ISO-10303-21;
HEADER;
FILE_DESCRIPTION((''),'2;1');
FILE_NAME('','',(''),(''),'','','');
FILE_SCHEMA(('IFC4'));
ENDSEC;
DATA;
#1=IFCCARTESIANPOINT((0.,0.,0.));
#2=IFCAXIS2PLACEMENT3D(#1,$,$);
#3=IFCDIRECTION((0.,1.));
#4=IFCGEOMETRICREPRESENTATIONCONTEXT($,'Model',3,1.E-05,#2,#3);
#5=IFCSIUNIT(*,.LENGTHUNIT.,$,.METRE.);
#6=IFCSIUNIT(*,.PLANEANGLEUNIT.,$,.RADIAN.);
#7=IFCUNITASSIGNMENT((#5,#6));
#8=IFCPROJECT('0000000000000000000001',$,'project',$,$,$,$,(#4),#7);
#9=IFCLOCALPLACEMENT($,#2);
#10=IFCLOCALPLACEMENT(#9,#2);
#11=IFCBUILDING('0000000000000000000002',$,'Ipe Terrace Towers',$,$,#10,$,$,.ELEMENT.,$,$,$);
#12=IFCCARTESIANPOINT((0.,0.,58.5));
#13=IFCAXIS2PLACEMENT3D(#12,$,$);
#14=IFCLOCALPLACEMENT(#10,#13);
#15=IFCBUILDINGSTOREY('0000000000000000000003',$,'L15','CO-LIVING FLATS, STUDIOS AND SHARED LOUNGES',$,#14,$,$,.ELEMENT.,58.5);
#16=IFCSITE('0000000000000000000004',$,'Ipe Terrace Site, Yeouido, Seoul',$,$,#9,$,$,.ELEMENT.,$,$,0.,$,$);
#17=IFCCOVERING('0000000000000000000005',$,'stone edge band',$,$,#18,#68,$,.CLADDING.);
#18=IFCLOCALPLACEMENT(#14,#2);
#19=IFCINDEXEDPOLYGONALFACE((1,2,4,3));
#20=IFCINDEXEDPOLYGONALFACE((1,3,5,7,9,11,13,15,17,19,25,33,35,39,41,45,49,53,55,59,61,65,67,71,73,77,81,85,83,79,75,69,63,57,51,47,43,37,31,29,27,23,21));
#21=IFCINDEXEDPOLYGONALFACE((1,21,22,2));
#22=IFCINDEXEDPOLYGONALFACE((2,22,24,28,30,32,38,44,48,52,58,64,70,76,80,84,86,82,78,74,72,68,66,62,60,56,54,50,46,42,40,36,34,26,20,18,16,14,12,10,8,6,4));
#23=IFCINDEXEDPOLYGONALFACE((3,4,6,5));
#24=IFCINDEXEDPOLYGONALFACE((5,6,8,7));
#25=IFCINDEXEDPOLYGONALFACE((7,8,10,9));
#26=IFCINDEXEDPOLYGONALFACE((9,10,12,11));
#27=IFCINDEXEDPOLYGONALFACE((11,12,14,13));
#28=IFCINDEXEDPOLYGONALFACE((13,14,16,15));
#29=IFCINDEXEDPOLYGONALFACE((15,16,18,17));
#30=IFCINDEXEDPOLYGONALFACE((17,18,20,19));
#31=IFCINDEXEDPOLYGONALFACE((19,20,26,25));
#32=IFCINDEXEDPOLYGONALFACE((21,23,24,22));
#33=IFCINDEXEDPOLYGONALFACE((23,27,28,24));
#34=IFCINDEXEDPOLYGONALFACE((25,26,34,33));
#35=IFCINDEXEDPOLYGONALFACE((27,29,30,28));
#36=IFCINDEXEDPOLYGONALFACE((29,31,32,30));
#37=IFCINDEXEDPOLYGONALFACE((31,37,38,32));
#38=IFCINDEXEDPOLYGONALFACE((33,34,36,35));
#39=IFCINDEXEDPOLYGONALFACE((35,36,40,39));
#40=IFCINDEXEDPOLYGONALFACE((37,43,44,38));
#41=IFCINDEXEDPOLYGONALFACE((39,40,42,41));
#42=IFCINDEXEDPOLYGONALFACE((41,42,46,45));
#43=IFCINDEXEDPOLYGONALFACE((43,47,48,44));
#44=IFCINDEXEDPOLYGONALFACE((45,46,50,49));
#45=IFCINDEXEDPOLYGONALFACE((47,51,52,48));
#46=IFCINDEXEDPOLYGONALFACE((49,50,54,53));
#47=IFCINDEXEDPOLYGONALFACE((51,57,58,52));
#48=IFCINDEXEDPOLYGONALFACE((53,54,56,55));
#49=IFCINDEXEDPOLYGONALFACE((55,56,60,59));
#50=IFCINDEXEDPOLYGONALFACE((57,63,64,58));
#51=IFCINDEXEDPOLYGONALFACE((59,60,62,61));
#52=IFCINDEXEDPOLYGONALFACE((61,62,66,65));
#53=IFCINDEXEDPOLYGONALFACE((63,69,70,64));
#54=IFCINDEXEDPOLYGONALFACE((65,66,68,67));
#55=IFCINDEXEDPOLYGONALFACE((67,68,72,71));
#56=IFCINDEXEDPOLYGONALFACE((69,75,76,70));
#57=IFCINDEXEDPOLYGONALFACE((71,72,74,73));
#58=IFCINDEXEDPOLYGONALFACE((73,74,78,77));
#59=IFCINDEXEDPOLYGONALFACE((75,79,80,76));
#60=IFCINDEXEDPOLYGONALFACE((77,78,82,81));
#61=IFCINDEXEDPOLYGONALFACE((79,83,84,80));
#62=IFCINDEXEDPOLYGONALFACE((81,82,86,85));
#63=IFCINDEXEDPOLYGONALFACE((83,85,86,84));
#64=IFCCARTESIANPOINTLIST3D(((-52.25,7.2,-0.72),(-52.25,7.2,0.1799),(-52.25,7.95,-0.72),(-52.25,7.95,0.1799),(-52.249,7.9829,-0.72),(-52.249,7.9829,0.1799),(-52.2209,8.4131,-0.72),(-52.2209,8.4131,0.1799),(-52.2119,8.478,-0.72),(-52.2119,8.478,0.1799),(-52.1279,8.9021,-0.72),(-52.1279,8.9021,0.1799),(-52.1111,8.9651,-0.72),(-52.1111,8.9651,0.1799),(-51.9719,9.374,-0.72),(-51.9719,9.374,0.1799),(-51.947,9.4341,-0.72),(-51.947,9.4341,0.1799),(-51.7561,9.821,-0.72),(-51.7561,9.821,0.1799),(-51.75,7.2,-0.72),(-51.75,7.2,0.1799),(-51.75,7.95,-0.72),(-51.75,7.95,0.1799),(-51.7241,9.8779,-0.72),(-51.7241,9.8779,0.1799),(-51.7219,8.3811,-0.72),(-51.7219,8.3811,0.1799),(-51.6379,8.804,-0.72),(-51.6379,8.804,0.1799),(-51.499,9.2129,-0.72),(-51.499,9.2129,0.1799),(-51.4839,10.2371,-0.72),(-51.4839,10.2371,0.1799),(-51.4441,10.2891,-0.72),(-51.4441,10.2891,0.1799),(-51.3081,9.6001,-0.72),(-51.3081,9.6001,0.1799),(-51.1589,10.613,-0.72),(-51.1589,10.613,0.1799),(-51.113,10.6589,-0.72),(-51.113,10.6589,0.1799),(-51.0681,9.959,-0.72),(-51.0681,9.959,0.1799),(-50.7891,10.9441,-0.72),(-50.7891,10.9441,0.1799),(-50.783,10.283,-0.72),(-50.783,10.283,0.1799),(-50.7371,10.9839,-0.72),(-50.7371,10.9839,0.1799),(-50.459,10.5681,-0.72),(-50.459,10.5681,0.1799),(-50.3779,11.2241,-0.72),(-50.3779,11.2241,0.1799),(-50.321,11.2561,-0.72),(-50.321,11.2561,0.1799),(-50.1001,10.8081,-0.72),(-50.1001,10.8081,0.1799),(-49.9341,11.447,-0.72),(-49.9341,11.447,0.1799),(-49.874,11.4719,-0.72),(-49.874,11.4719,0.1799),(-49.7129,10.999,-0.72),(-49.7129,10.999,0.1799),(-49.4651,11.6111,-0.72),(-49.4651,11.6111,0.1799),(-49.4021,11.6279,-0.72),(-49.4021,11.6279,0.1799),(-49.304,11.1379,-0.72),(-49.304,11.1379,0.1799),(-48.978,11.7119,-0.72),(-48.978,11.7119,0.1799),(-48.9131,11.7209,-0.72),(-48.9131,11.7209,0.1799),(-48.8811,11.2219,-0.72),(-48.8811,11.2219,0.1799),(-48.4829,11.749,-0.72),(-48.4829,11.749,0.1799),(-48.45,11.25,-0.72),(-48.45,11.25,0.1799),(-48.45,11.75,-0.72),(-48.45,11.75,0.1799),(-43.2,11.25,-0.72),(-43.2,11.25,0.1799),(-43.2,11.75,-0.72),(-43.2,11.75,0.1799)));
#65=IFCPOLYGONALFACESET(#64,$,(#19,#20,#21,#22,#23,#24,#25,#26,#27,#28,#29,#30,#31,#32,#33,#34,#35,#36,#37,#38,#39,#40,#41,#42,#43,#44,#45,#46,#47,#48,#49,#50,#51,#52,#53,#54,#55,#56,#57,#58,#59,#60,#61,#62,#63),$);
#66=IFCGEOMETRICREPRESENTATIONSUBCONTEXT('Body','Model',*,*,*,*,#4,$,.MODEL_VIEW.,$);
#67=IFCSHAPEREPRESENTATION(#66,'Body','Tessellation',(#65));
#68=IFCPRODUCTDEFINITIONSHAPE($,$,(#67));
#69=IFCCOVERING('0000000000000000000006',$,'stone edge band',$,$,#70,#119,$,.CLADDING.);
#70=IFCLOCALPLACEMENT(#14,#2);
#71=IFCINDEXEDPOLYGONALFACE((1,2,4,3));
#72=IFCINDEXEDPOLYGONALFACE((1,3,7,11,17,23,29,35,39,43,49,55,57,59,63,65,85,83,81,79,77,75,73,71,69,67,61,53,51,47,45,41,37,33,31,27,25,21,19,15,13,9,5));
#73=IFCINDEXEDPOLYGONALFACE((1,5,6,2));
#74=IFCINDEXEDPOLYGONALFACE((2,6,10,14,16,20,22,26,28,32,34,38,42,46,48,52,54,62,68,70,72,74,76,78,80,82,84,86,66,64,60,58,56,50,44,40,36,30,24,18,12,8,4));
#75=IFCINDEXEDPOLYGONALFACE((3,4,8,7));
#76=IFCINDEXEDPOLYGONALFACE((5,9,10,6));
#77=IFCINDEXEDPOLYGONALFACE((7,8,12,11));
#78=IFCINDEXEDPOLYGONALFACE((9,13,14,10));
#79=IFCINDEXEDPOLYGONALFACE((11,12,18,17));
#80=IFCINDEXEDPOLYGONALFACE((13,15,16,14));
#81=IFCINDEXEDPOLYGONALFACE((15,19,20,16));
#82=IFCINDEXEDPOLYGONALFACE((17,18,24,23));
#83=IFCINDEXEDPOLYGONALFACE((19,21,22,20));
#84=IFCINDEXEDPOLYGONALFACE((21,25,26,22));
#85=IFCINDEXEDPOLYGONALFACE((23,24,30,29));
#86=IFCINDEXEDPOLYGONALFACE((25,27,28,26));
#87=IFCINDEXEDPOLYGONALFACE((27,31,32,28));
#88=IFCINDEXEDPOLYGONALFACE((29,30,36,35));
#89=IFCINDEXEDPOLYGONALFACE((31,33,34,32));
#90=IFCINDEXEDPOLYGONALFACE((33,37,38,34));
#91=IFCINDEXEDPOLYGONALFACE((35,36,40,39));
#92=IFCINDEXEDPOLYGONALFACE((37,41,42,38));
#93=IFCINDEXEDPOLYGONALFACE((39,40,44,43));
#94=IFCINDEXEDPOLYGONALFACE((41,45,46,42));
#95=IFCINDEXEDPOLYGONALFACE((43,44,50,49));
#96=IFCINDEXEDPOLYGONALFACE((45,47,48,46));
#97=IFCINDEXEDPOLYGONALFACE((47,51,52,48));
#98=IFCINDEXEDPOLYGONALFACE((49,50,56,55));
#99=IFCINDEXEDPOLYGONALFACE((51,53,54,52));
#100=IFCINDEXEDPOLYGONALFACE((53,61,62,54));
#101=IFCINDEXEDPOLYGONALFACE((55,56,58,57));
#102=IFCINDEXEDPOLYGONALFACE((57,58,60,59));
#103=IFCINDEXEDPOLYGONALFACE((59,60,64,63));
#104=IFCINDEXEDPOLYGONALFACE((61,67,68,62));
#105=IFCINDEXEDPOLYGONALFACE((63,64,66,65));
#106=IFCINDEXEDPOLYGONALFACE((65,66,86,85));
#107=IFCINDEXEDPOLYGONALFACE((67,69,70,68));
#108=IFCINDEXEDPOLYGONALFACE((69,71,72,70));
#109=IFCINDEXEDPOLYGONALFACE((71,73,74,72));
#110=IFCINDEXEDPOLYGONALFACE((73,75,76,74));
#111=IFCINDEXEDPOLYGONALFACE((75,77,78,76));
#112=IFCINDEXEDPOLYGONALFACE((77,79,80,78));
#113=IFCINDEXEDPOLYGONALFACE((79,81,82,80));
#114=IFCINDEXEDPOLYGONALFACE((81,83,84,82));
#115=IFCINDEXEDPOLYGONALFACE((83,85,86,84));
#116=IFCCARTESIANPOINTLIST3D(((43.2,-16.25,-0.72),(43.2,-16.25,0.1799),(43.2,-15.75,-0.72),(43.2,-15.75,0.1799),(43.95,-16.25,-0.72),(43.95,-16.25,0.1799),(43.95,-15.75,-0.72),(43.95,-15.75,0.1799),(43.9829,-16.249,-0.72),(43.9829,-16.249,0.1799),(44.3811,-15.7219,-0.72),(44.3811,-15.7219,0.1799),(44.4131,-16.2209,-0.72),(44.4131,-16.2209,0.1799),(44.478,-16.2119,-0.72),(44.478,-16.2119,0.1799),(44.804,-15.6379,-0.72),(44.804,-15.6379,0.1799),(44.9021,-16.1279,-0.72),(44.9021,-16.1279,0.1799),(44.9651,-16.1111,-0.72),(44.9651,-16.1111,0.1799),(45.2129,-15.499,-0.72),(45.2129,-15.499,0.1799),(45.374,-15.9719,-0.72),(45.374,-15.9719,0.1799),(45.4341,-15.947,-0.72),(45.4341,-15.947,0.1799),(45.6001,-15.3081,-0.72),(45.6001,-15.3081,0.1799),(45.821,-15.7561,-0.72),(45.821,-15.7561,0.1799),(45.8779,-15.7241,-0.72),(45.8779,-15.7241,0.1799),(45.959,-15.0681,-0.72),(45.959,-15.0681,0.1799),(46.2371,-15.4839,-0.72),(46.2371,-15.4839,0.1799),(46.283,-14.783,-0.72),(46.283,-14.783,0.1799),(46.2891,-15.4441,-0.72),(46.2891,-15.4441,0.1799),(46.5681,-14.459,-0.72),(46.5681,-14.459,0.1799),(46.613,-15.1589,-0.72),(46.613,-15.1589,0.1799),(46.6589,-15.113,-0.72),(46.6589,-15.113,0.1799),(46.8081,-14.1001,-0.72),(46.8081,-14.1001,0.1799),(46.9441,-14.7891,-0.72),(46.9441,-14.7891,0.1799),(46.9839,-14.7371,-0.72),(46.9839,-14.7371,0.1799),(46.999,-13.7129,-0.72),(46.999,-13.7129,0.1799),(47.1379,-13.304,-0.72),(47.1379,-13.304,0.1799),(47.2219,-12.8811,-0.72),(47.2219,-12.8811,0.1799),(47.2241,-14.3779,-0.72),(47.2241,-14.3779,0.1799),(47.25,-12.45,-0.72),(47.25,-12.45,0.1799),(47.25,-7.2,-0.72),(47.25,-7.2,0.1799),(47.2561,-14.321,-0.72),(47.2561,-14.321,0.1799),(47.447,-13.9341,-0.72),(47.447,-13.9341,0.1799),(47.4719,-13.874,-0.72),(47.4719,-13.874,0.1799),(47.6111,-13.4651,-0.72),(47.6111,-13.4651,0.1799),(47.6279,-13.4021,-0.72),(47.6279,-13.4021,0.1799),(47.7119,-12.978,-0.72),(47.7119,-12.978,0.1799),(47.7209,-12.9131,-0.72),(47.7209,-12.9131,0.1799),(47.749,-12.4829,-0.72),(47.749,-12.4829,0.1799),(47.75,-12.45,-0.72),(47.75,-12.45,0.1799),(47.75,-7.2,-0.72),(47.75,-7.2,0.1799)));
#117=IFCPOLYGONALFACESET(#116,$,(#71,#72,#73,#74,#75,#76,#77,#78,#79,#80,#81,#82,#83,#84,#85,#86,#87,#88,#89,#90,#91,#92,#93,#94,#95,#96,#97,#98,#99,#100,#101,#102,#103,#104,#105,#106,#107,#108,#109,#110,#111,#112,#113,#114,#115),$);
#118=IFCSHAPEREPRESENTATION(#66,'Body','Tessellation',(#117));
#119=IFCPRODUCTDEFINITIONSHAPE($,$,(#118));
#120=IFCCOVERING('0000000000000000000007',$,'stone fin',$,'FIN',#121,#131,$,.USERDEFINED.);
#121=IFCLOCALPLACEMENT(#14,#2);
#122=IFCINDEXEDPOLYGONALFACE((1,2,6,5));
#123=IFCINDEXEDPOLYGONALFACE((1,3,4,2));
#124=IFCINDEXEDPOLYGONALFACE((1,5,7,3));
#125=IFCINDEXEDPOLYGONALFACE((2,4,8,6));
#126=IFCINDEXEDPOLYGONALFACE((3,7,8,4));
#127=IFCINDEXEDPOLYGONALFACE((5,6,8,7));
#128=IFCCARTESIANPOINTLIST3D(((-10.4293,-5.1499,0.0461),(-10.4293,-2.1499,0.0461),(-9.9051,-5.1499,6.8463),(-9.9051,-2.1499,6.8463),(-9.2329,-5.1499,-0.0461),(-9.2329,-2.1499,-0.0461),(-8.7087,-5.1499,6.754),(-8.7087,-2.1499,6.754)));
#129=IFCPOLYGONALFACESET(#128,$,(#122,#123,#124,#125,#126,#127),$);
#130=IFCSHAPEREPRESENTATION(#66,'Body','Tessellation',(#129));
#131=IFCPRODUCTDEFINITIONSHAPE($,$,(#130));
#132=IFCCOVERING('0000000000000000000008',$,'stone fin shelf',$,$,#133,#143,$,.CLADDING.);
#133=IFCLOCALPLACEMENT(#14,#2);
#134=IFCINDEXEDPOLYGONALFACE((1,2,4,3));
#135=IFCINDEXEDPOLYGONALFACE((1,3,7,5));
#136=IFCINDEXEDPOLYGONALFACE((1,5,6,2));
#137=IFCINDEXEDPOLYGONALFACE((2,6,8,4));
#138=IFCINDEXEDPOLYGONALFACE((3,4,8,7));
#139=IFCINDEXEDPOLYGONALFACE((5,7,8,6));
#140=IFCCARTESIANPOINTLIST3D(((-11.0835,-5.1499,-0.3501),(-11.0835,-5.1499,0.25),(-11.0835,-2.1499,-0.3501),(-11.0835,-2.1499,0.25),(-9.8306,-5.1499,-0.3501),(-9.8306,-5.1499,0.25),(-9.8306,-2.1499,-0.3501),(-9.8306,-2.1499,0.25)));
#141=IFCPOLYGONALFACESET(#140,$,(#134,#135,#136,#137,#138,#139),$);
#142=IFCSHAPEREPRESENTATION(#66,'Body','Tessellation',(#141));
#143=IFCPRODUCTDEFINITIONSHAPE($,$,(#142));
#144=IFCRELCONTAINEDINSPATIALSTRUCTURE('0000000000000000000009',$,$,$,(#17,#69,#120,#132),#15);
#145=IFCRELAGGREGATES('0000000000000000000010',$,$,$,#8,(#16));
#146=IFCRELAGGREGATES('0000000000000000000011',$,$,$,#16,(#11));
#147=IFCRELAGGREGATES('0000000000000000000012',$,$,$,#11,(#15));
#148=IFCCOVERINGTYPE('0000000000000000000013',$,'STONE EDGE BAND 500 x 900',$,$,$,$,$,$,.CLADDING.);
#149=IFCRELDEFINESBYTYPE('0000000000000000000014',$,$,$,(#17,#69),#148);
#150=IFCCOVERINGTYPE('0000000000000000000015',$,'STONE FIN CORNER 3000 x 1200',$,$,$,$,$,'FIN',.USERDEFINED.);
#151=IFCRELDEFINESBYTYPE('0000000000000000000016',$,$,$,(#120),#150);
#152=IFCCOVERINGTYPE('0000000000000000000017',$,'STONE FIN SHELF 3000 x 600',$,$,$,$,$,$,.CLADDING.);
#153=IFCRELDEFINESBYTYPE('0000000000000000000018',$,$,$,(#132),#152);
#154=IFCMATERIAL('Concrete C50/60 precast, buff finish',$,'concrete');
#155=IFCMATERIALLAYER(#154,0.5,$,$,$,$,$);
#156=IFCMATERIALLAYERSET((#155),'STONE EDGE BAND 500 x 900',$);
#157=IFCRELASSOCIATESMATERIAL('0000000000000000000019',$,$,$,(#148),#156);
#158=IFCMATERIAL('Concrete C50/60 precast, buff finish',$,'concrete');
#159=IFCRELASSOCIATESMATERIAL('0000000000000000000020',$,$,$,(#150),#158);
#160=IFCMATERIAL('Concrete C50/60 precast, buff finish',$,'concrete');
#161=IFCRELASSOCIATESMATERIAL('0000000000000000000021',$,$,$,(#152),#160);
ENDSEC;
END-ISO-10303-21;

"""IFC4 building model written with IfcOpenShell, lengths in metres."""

from ifc_helpers import new_model, si_unit, direction, frame, origin, origin_2d, place, context, subcontext, project, spatial, polyline, rectangle, outline, extrude, material, layer, layer_set, material_profile, profile_set, type_object, element, save


model = new_model("IFC4")

# Units and contexts
model_context = context("Model", 3, precision=1e-05, world=origin(), true_north=direction((0.0, 1.0)))
body_context = subcontext(model_context, "Body", "Model", "MODEL_VIEW")
ifc_project = project(units=[si_unit("LENGTHUNIT", "METRE"), si_unit("PLANEANGLEUNIT", "RADIAN")], contexts=[model_context])

# Site, building, storey
site_placement = place(None, origin())
site = spatial("IfcSite", under=ifc_project, at=site_placement, Name="Ipe Terrace Site, Yeouido, Seoul", CompositionType="ELEMENT", RefElevation=0.0)
building_placement = place(site_placement, origin())
building = spatial("IfcBuilding", under=site, at=building_placement, Name="Ipe Terrace Towers", CompositionType="ELEMENT")
storey_placement = place(building_placement, frame((0.0, 0.0, 58.5)))
storey = spatial("IfcBuildingStorey", under=building, at=storey_placement, Name="L15", Description="CO-LIVING FLATS, STUDIOS AND SHARED LOUNGES", CompositionType="ELEMENT", Elevation=58.5)

# Coverings
ifc_material_1 = material(Name="Concrete C50/60 precast, buff finish", Category="concrete")
ifc_layer_1 = layer(ifc_material_1, 0.5)
ifc_layer_set_1 = layer_set([ifc_layer_1], Name="STONE EDGE BAND 500 x 900")
covering_type_1 = type_object("IfcCoveringType", Name="STONE EDGE BAND 500 x 900", PredefinedType="CLADDING", material=ifc_layer_set_1)
covering_1_placement = place(storey_placement, frame((0.0, 0.0, -0.72)))
element("IfcCovering", 1, at=covering_1_placement, inside=storey, type_object=covering_type_1, Name="stone edge band", PredefinedType="CLADDING", context=body_context, shape_type="SweptSolid", body=[
    extrude(outline(polyline([(-48.45, 11.75), (-48.4829, 11.749), (-48.9131, 11.7209), (-48.978, 11.7119), (-49.4021, 11.6279), (-49.4651, 11.6111), (-49.874, 11.4719), (-49.9341, 11.447), (-50.321, 11.2561), (-50.3779, 11.2241), (-50.7371, 10.9839), (-50.7891, 10.9441), (-51.113, 10.6589), (-51.1589, 10.613), (-51.4441, 10.2891), (-51.4839, 10.2371), (-51.7241, 9.8779), (-51.7561, 9.821), (-51.947, 9.4341), (-51.9719, 9.374), (-52.1111, 8.9651), (-52.1279, 8.9021), (-52.2119, 8.478), (-52.2209, 8.4131), (-52.249, 7.9829), (-52.25, 7.95), (-52.25, 7.2), (-51.75, 7.2), (-51.75, 7.95), (-51.7219, 8.3811), (-51.6379, 8.804), (-51.499, 9.2129), (-51.3081, 9.6001), (-51.0681, 9.959), (-50.783, 10.283), (-50.459, 10.5681), (-50.1001, 10.8081), (-49.7129, 10.999), (-49.304, 11.1379), (-48.8811, 11.2219), (-48.45, 11.25), (-43.2, 11.25), (-43.2, 11.75), (-48.45, 11.75)])), origin(), (0.0, 0.0, 1.0), 0.8999),
])
covering_2_placement = place(storey_placement, frame((0.0, 0.0, -0.72)))
element("IfcCovering", 2, at=covering_2_placement, inside=storey, type_object=covering_type_1, Name="stone edge band", PredefinedType="CLADDING", context=body_context, shape_type="SweptSolid", body=[
    extrude(outline(polyline([(47.75, -12.45), (47.75, -7.2), (47.25, -7.2), (47.25, -12.45), (47.2219, -12.8811), (47.1379, -13.304), (46.999, -13.7129), (46.8081, -14.1001), (46.5681, -14.459), (46.283, -14.783), (45.959, -15.0681), (45.6001, -15.3081), (45.2129, -15.499), (44.804, -15.6379), (44.3811, -15.7219), (43.95, -15.75), (43.2, -15.75), (43.2, -16.25), (43.95, -16.25), (43.9829, -16.249), (44.4131, -16.2209), (44.478, -16.2119), (44.9021, -16.1279), (44.9651, -16.1111), (45.374, -15.9719), (45.4341, -15.947), (45.821, -15.7561), (45.8779, -15.7241), (46.2371, -15.4839), (46.2891, -15.4441), (46.613, -15.1589), (46.6589, -15.113), (46.9441, -14.7891), (46.9839, -14.7371), (47.2241, -14.3779), (47.2561, -14.321), (47.447, -13.9341), (47.4719, -13.874), (47.6111, -13.4651), (47.6279, -13.4021), (47.7119, -12.978), (47.7209, -12.9131), (47.749, -12.4829), (47.75, -12.45)])), origin(), (0.0, 0.0, 1.0), 0.8999),
])
ifc_material_2 = material(Name="Concrete C50/60 precast, buff finish", Category="concrete")
ifc_material_profile_1 = material_profile(ifc_material_2, rectangle(XDim=3.0, YDim=1.2, at=origin_2d()), Name="STONE FIN CORNER 3000 x 1200")
ifc_profile_set_1 = profile_set([ifc_material_profile_1], Name="Concrete C50/60 precast, buff finish")
covering_type_2 = type_object("IfcCoveringType", Name="STONE FIN CORNER 3000 x 1200", ElementType="FIN", PredefinedType="USERDEFINED", material=ifc_profile_set_1)
covering_3_placement = place(storey_placement, frame((-9.8311, -3.6499, 0.0), z_axis=(0.076855, 0.0, 0.997042), x_axis=(0.0, 1.0, 0.0)))
element("IfcCovering", 3, at=covering_3_placement, inside=storey, type_object=covering_type_2, Name="stone fin", ObjectType="FIN", PredefinedType="USERDEFINED", context=body_context, shape_type="SweptSolid", body=[
    extrude(rectangle(XDim=3.0, YDim=1.2, at=origin_2d()), origin(), (0.0, 0.0, 1.0), 6.8203),
])
ifc_material_3 = material(Name="Concrete C50/60 precast, buff finish", Category="concrete")
covering_type_3 = type_object("IfcCoveringType", Name="STONE FIN SHELF 3000 x 600", PredefinedType="CLADDING", material=ifc_material_3)
covering_4_placement = place(storey_placement, frame((-10.457, -3.6499, -0.3501), z_axis=(0.0, 0.0, 1.0), x_axis=(0.0, 1.0, 0.0)))
element("IfcCovering", 4, at=covering_4_placement, inside=storey, type_object=covering_type_3, Name="stone fin shelf", PredefinedType="CLADDING", context=body_context, shape_type="SweptSolid", body=[
    extrude(rectangle(XDim=3.0, YDim=1.2529, at=origin_2d()), origin(), (0.0, 0.0, 1.0), 0.6001),
])

save(model, "model.ifc")
